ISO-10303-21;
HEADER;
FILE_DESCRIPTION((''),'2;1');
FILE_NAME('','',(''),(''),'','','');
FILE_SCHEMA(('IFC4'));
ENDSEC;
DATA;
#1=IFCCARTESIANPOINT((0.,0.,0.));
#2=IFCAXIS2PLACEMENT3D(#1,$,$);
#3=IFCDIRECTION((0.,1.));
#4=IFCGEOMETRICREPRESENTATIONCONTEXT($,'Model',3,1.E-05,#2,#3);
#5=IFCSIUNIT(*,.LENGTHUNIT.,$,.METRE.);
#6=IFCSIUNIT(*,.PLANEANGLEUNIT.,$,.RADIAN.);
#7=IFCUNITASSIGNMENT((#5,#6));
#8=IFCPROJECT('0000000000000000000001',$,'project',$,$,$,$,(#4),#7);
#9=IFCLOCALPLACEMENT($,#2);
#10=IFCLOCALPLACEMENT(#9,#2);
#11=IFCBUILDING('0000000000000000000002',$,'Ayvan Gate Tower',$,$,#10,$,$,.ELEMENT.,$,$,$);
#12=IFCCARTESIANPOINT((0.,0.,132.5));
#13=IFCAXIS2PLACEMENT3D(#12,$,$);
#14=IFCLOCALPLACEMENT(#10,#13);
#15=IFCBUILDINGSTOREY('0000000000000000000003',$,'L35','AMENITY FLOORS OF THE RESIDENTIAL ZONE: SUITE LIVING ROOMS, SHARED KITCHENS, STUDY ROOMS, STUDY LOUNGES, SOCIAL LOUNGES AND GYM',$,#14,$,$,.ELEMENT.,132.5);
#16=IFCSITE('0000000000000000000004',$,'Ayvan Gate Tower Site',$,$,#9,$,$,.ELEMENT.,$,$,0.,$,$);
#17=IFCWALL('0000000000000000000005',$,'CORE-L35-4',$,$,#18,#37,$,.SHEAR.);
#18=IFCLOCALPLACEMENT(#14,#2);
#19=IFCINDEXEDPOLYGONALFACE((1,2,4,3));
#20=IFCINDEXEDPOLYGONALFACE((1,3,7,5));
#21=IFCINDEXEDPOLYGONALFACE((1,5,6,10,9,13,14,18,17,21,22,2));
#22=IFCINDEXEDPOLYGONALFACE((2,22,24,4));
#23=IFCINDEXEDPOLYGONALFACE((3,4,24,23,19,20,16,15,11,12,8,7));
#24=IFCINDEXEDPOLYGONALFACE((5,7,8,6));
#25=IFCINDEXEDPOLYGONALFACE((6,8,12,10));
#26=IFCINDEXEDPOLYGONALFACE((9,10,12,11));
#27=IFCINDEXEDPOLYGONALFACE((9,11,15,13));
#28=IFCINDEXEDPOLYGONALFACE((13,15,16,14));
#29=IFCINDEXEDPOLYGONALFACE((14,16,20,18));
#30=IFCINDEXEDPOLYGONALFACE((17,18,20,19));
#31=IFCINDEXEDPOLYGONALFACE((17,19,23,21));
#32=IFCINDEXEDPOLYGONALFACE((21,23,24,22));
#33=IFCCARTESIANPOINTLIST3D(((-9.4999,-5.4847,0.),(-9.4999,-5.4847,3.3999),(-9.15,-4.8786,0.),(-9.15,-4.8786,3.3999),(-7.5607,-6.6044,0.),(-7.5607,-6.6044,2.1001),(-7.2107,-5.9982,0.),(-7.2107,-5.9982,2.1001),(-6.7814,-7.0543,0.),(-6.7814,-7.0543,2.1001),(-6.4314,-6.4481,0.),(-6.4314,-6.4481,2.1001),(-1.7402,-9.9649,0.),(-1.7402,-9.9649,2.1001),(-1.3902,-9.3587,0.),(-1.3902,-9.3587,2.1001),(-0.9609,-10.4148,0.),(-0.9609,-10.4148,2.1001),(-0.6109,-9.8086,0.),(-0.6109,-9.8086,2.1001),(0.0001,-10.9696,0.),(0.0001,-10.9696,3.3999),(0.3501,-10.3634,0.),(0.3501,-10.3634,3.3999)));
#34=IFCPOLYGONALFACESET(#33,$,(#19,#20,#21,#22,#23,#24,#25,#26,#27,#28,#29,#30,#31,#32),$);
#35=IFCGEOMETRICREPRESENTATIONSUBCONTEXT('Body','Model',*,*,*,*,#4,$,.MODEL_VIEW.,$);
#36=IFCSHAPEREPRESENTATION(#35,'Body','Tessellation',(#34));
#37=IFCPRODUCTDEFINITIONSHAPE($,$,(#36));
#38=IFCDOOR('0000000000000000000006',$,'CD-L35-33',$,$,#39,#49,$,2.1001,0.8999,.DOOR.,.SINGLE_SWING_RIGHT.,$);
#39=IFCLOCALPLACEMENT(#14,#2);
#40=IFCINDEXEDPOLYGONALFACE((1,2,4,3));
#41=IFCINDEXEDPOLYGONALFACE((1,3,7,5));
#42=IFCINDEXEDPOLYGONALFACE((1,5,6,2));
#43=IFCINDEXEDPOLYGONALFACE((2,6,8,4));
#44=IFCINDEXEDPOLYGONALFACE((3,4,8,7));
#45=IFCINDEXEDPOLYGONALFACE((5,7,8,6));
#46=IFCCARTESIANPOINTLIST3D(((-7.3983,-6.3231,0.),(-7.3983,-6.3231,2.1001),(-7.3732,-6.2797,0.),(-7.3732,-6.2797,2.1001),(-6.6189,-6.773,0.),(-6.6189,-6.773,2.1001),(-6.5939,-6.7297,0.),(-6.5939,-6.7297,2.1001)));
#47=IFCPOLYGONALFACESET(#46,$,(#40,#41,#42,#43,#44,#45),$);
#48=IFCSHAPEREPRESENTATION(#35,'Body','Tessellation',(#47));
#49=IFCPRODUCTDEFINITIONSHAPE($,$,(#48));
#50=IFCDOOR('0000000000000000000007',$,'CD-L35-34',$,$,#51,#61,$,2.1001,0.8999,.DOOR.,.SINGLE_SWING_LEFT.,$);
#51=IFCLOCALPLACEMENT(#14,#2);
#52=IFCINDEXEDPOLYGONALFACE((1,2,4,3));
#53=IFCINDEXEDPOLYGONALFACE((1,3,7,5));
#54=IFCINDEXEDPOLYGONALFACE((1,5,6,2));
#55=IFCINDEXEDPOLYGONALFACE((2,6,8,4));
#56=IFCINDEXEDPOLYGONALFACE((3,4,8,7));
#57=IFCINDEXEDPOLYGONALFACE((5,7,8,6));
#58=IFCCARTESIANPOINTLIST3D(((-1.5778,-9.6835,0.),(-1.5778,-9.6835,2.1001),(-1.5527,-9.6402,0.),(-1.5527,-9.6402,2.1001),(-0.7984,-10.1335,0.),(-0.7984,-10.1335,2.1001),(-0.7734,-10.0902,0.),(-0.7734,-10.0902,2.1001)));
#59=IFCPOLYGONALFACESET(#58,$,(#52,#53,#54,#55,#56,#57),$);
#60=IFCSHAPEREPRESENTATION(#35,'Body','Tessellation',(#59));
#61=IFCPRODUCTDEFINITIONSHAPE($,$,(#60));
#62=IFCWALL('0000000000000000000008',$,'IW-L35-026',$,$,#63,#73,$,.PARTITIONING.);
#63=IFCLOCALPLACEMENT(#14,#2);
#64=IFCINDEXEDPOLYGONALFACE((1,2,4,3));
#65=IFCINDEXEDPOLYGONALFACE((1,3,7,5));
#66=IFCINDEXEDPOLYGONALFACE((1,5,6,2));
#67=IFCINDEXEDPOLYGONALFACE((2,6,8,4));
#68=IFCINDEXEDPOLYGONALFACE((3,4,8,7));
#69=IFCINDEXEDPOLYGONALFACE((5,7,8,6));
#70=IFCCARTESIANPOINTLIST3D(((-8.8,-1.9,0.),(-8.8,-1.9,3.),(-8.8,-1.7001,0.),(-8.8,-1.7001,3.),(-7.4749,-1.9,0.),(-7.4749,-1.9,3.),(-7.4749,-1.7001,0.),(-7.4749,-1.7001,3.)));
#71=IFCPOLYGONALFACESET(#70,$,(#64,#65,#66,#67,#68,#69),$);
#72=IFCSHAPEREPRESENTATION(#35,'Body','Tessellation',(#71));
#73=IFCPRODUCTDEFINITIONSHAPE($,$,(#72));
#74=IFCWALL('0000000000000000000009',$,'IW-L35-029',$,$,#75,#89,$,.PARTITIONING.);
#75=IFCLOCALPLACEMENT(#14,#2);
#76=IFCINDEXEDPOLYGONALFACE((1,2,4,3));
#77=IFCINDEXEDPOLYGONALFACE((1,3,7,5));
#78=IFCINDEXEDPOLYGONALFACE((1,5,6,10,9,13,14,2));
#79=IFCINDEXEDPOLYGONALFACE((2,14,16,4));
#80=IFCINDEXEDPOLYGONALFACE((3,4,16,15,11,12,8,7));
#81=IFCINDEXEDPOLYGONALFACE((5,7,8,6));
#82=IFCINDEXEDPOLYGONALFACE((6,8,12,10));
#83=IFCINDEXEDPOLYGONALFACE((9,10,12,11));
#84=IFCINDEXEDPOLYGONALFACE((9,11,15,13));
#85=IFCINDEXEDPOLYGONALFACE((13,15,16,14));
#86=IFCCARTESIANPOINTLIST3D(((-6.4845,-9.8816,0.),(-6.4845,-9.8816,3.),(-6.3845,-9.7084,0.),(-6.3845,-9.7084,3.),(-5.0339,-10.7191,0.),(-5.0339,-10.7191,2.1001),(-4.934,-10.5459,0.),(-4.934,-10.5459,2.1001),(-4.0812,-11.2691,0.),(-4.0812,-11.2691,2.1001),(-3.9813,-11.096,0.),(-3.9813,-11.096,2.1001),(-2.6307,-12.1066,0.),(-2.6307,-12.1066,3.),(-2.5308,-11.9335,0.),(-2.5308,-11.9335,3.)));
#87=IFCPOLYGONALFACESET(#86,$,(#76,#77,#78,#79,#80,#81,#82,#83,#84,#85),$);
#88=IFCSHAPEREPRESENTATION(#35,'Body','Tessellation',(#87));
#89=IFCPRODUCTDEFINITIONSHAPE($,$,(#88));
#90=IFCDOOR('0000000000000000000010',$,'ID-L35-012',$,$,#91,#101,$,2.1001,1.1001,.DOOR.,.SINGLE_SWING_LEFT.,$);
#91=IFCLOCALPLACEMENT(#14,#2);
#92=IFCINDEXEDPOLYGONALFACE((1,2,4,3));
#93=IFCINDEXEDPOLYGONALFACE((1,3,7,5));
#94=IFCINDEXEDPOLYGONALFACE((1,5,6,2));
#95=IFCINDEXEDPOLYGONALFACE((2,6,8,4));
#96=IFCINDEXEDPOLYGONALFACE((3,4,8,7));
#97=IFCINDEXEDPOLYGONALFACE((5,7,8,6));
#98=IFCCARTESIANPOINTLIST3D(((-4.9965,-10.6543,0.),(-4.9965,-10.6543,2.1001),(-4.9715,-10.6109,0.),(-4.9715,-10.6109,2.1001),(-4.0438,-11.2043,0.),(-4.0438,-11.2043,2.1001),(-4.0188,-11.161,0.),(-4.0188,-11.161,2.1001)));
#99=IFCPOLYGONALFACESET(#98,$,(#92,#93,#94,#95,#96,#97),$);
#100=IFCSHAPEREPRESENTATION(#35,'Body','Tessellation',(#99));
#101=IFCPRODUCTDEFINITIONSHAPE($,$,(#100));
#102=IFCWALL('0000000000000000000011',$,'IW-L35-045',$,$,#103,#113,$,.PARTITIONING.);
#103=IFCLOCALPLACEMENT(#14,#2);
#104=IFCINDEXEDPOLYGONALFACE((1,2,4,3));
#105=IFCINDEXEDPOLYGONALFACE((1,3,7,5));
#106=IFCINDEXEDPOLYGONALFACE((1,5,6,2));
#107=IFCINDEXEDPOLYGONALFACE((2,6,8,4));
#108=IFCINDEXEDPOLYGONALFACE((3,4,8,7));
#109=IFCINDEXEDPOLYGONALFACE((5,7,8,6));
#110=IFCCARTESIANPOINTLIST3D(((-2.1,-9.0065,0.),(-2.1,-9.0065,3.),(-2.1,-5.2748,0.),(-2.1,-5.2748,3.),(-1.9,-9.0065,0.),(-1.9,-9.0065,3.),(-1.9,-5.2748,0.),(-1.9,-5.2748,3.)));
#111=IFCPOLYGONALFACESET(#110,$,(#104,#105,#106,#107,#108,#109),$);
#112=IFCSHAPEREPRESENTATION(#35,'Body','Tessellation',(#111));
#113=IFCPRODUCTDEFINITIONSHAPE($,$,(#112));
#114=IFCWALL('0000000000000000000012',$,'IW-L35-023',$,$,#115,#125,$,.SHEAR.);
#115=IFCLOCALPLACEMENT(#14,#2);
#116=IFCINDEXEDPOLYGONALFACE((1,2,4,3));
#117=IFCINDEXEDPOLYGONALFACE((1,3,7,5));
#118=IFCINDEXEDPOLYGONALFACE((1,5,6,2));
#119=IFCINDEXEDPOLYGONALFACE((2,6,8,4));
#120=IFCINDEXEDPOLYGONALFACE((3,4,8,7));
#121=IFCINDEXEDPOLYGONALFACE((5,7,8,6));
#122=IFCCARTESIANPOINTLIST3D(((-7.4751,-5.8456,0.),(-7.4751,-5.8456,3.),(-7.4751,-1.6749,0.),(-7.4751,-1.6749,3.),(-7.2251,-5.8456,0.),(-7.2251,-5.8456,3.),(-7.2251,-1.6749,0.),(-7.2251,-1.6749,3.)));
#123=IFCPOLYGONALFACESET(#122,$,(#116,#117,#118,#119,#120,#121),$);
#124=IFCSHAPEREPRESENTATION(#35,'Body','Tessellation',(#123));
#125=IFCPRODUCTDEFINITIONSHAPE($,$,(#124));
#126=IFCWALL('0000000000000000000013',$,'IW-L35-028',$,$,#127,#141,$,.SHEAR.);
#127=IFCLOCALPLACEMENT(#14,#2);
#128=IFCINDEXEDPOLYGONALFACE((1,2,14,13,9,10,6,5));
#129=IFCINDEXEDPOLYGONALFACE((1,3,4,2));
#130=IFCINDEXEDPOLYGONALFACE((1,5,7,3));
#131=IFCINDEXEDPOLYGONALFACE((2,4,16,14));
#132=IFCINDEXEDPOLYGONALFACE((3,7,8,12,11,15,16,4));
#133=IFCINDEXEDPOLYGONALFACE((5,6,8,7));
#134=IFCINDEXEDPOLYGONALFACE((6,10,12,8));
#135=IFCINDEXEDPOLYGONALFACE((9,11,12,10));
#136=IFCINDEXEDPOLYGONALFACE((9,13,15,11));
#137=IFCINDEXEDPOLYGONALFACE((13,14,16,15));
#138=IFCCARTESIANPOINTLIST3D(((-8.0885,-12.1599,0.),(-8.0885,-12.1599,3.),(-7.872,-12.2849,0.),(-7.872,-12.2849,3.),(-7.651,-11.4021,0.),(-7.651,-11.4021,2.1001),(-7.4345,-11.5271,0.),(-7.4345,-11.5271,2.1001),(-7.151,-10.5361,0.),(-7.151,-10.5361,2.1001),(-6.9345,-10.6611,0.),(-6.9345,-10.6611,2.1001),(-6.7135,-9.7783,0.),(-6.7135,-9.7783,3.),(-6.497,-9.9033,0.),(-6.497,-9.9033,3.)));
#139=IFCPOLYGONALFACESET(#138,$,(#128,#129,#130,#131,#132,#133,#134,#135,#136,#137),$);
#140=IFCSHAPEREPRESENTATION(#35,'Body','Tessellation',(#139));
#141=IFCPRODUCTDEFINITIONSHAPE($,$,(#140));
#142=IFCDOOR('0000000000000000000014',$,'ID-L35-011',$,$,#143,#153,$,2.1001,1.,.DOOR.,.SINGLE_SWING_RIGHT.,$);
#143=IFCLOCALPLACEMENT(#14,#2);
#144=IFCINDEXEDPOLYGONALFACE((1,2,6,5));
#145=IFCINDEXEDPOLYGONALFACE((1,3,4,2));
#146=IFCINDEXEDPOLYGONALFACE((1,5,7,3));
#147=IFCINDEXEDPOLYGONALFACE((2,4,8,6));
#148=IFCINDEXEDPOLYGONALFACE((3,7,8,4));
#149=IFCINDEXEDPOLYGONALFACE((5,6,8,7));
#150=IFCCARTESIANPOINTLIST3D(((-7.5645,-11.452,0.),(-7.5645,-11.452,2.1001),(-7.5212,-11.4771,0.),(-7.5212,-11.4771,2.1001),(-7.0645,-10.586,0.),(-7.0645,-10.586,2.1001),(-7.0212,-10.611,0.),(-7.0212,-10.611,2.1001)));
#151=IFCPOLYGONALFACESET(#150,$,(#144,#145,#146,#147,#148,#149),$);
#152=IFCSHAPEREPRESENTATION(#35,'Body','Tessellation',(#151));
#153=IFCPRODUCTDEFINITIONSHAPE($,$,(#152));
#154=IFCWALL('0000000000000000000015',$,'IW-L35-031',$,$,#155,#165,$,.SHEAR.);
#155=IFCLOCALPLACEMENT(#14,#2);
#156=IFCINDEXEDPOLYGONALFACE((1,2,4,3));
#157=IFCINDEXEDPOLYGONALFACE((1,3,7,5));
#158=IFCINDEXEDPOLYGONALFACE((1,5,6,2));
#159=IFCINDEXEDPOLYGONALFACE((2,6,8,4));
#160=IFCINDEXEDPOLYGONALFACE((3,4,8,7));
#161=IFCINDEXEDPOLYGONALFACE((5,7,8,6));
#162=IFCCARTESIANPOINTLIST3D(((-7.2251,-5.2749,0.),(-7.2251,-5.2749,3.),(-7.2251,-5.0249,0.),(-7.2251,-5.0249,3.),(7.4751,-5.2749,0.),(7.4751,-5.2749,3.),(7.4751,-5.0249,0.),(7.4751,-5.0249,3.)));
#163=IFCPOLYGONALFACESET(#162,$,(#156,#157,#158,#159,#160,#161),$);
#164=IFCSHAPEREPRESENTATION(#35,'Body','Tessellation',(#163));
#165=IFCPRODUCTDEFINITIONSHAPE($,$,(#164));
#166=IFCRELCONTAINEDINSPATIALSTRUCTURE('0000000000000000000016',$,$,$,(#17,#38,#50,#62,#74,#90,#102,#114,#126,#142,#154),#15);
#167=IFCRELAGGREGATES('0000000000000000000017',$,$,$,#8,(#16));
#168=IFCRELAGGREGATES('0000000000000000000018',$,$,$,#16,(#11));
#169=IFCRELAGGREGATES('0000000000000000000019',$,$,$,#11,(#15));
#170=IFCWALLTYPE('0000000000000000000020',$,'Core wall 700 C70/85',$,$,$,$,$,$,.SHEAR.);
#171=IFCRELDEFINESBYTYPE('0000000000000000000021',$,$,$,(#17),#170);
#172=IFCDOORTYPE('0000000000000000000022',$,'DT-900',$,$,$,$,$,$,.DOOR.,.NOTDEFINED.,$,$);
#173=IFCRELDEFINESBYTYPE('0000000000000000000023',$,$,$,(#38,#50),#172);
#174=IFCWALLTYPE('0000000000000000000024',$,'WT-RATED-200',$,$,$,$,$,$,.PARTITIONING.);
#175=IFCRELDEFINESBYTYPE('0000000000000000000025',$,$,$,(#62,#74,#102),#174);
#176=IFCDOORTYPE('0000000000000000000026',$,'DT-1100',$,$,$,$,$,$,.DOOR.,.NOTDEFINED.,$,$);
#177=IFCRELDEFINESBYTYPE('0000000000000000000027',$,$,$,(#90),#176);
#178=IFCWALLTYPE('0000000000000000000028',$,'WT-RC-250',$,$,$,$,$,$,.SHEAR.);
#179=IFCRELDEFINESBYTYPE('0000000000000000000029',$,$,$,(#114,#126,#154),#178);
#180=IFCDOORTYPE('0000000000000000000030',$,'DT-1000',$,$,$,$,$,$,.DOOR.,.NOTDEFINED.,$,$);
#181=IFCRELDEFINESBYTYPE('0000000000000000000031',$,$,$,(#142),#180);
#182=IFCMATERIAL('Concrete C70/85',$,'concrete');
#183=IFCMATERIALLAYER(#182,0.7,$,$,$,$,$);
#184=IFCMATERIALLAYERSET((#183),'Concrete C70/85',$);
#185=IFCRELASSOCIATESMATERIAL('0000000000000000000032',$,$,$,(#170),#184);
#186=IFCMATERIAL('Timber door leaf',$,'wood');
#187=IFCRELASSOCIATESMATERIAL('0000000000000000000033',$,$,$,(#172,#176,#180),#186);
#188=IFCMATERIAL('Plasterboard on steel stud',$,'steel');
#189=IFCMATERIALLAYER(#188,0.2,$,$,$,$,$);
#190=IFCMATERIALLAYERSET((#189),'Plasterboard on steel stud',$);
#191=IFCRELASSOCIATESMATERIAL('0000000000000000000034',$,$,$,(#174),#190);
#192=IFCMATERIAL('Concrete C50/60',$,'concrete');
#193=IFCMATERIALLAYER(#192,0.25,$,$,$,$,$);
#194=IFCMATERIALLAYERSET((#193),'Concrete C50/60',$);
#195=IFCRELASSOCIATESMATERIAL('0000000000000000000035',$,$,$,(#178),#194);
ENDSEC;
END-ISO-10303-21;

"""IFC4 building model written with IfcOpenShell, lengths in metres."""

from ifc_helpers import new_model, si_unit, direction, frame, frame_2d, origin, place, context, subcontext, project, spatial, rectangle, extrude, material, layer, layer_set, type_object, element, fill, save


model = new_model("IFC4")

# Units and contexts
model_context = context("Model", 3, precision=1e-05, world=origin(), true_north=direction((0.0, 1.0)))
body_context = subcontext(model_context, "Body", "Model", "MODEL_VIEW")
ifc_project = project(units=[si_unit("LENGTHUNIT", "METRE"), si_unit("PLANEANGLEUNIT", "RADIAN")], contexts=[model_context])

# Site, building, storey
site_placement = place(None, origin())
site = spatial("IfcSite", under=ifc_project, at=site_placement, Name="Ayvan Gate Tower Site", CompositionType="ELEMENT", RefElevation=0.0)
building_placement = place(site_placement, origin())
building = spatial("IfcBuilding", under=site, at=building_placement, Name="Ayvan Gate Tower", CompositionType="ELEMENT")
storey_placement = place(building_placement, frame((0.0, 0.0, 132.5)))
storey = spatial("IfcBuildingStorey", under=building, at=storey_placement, Name="L35", Description="AMENITY FLOORS OF THE RESIDENTIAL ZONE: SUITE LIVING ROOMS, SHARED KITCHENS, STUDY ROOMS, STUDY LOUNGES, SOCIAL LOUNGES AND GYM", CompositionType="ELEMENT", Elevation=132.5)

# Wall, openings, doors
ifc_material_1 = material(Name="Concrete C70/85", Category="concrete")
ifc_layer_1 = layer(ifc_material_1, 0.7)
ifc_layer_set_1 = layer_set([ifc_layer_1], Name="Concrete C70/85")
wall_type_1 = type_object("IfcWallType", Name="Core wall 700 C70/85", PredefinedType="SHEAR", material=ifc_layer_set_1)
wall_1_placement = place(storey_placement, frame((-9.325, -5.1816, 0.0), z_axis=(0.0, 0.0, 1.0), x_axis=(0.866024, -0.500002, 0.0)))
wall_1 = element("IfcWall", 1, at=wall_1_placement, inside=storey, type_object=wall_type_1, Name="CORE-L35-4", PredefinedType="SHEAR", context=body_context, shape_type="SweptSolid", body=[
    extrude(rectangle(XDim=10.9697, YDim=0.7, at=frame_2d((5.4849, 0.0))), origin(), (0.0, 0.0, 1.0), 3.3999),
])
opening_1_placement = place(wall_1_placement, frame((2.2393, 0.0, 0.0)))
opening_1 = element("IfcOpeningElement", 2, at=opening_1_placement, cuts=wall_1, PredefinedType="OPENING", context=body_context, shape_type="SweptSolid", body=[
    extrude(rectangle(XDim=0.8999, YDim=2.1001, at=frame_2d((0.45, 1.05))), frame((0.0, 0.3599, 0.0), z_axis=(0.0, -1.0, 0.0), x_axis=(1.0, 0.0, 0.0)), (0.0, 0.0, 1.0), 0.72),
])
opening_2_placement = place(wall_1_placement, frame((8.9602, 0.0, 0.0)))
opening_2 = element("IfcOpeningElement", 3, at=opening_2_placement, cuts=wall_1, PredefinedType="OPENING", context=body_context, shape_type="SweptSolid", body=[
    extrude(rectangle(XDim=0.8999, YDim=2.1001, at=frame_2d((0.45, 1.05))), frame((0.0, 0.3599, 0.0), z_axis=(0.0, -1.0, 0.0), x_axis=(1.0, 0.0, 0.0)), (0.0, 0.0, 1.0), 0.72),
])
ifc_material_2 = material(Name="Timber door leaf", Category="wood")
door_type_1 = type_object("IfcDoorType", Name="DT-900", OperationType="NOTDEFINED", PredefinedType="DOOR", material=ifc_material_2)
door_1_placement = place(opening_1_placement, origin())
door_1 = element("IfcDoor", 4, at=door_1_placement, inside=storey, type_object=door_type_1, Name="CD-L35-33", OperationType="SINGLE_SWING_RIGHT", OverallHeight=2.1001, OverallWidth=0.8999, PredefinedType="DOOR", context=body_context, shape_type="SweptSolid", body=[
    extrude(rectangle(XDim=0.8999, YDim=2.1001, at=frame_2d((0.45, 1.05))), frame((0.0, 0.0249, 0.0), z_axis=(0.0, -1.0, 0.0), x_axis=(1.0, 0.0, 0.0)), (0.0, 0.0, 1.0), 0.05),
])
fill(opening_1, door_1)
door_2_placement = place(opening_2_placement, origin())
door_2 = element("IfcDoor", 5, at=door_2_placement, inside=storey, type_object=door_type_1, Name="CD-L35-34", OperationType="SINGLE_SWING_LEFT", OverallHeight=2.1001, OverallWidth=0.8999, PredefinedType="DOOR", context=body_context, shape_type="SweptSolid", body=[
    extrude(rectangle(XDim=0.8999, YDim=2.1001, at=frame_2d((0.45, 1.05))), frame((0.0, 0.0249, 0.0), z_axis=(0.0, -1.0, 0.0), x_axis=(1.0, 0.0, 0.0)), (0.0, 0.0, 1.0), 0.05),
])
fill(opening_2, door_2)

# Wall
ifc_material_3 = material(Name="Plasterboard on steel stud", Category="steel")
ifc_layer_2 = layer(ifc_material_3, 0.2)
ifc_layer_set_2 = layer_set([ifc_layer_2], Name="Plasterboard on steel stud")
wall_type_2 = type_object("IfcWallType", Name="WT-RATED-200", PredefinedType="PARTITIONING", material=ifc_layer_set_2)
wall_2_placement = place(storey_placement, frame((-7.4749, -1.8, 0.0), z_axis=(0.0, 0.0, 1.0), x_axis=(-1.0, 0.0, 0.0)))
element("IfcWall", 6, at=wall_2_placement, inside=storey, type_object=wall_type_2, Name="IW-L35-026", PredefinedType="PARTITIONING", context=body_context, shape_type="SweptSolid", body=[
    extrude(rectangle(XDim=1.3252, YDim=0.2, at=frame_2d((0.6626, 0.0))), origin(), (0.0, 0.0, 1.0), 3.0),
])

# Wall, opening, door
wall_3_placement = place(storey_placement, frame((-6.4346, -9.7949, 0.0), z_axis=(0.0, 0.0, 1.0), x_axis=(0.866013, -0.500022, 0.0)))
wall_3 = element("IfcWall", 7, at=wall_3_placement, inside=storey, type_object=wall_type_2, Name="IW-L35-029", PredefinedType="PARTITIONING", context=body_context, shape_type="SweptSolid", body=[
    extrude(rectangle(XDim=4.45, YDim=0.2, at=frame_2d((2.2251, 0.0))), origin(), (0.0, 0.0, 1.0), 3.0),
])
opening_3_placement = place(wall_3_placement, frame((1.675, 0.0, 0.0)))
opening_3 = element("IfcOpeningElement", 8, at=opening_3_placement, cuts=wall_3, PredefinedType="OPENING", context=body_context, shape_type="SweptSolid", body=[
    extrude(rectangle(XDim=1.1001, YDim=2.1001, at=frame_2d((0.55, 1.05))), frame((0.0, 0.1099, 0.0), z_axis=(0.0, -1.0, 0.0), x_axis=(1.0, 0.0, 0.0)), (0.0, 0.0, 1.0), 0.22),
])
door_type_2 = type_object("IfcDoorType", Name="DT-1100", OperationType="NOTDEFINED", PredefinedType="DOOR", material=ifc_material_2)
door_3_placement = place(opening_3_placement, origin())
door_3 = element("IfcDoor", 9, at=door_3_placement, inside=storey, type_object=door_type_2, Name="ID-L35-012", OperationType="SINGLE_SWING_LEFT", OverallHeight=2.1001, OverallWidth=1.1001, PredefinedType="DOOR", context=body_context, shape_type="SweptSolid", body=[
    extrude(rectangle(XDim=1.1001, YDim=2.1001, at=frame_2d((0.55, 1.05))), frame((0.0, 0.0249, 0.0), z_axis=(0.0, -1.0, 0.0), x_axis=(1.0, 0.0, 0.0)), (0.0, 0.0, 1.0), 0.05),
])
fill(opening_3, door_3)

# Walls
wall_4_placement = place(storey_placement, frame((-2.0, -5.2749, 0.0), z_axis=(0.0, 0.0, 1.0), x_axis=(0.0, -1.0, 0.0)))
element("IfcWall", 10, at=wall_4_placement, inside=storey, type_object=wall_type_2, Name="IW-L35-045", PredefinedType="PARTITIONING", context=body_context, shape_type="SweptSolid", body=[
    extrude(rectangle(XDim=3.7317, YDim=0.2, at=frame_2d((1.8657, 0.0))), origin(), (0.0, 0.0, 1.0), 3.0),
])
ifc_material_4 = material(Name="Concrete C50/60", Category="concrete")
ifc_layer_3 = layer(ifc_material_4, 0.25)
ifc_layer_set_3 = layer_set([ifc_layer_3], Name="Concrete C50/60")
wall_type_3 = type_object("IfcWallType", Name="WT-RC-250", PredefinedType="SHEAR", material=ifc_layer_set_3)
wall_5_placement = place(storey_placement, frame((-7.3501, -5.8457, 0.0), z_axis=(0.0, 0.0, 1.0), x_axis=(0.0, 1.0, 0.0)))
element("IfcWall", 11, at=wall_5_placement, inside=storey, type_object=wall_type_3, Name="IW-L35-023", PredefinedType="SHEAR", context=body_context, shape_type="SweptSolid", body=[
    extrude(rectangle(XDim=4.1707, YDim=0.25, at=frame_2d((2.0854, 0.0))), origin(), (0.0, 0.0, 1.0), 3.0),
])

# Wall, opening, door
wall_6_placement = place(storey_placement, frame((-6.6052, -9.8408, 0.0), z_axis=(0.0, 0.0, 1.0), x_axis=(-0.499997, -0.866027, 0.0)))
wall_6 = element("IfcWall", 12, at=wall_6_placement, inside=storey, type_object=wall_type_3, Name="IW-L35-028", PredefinedType="SHEAR", context=body_context, shape_type="SweptSolid", body=[
    extrude(rectangle(XDim=2.75, YDim=0.25, at=frame_2d((1.375, 0.0))), origin(), (0.0, 0.0, 1.0), 3.0),
])
opening_4_placement = place(wall_6_placement, frame((0.875, 0.0, 0.0)))
opening_4 = element("IfcOpeningElement", 13, at=opening_4_placement, cuts=wall_6, PredefinedType="OPENING", context=body_context, shape_type="SweptSolid", body=[
    extrude(rectangle(XDim=1.0, YDim=2.1001, at=frame_2d((0.5, 1.05))), frame((0.0, 0.135, 0.0), z_axis=(0.0, -1.0, 0.0), x_axis=(1.0, 0.0, 0.0)), (0.0, 0.0, 1.0), 0.27),
])
door_type_3 = type_object("IfcDoorType", Name="DT-1000", OperationType="NOTDEFINED", PredefinedType="DOOR", material=ifc_material_2)
door_4_placement = place(opening_4_placement, origin())
door_4 = element("IfcDoor", 14, at=door_4_placement, inside=storey, type_object=door_type_3, Name="ID-L35-011", OperationType="SINGLE_SWING_RIGHT", OverallHeight=2.1001, OverallWidth=1.0, PredefinedType="DOOR", context=body_context, shape_type="SweptSolid", body=[
    extrude(rectangle(XDim=1.0, YDim=2.1001, at=frame_2d((0.5, 1.05))), frame((0.0, 0.0249, 0.0), z_axis=(0.0, -1.0, 0.0), x_axis=(1.0, 0.0, 0.0)), (0.0, 0.0, 1.0), 0.05),
])
fill(opening_4, door_4)

# Wall
wall_7_placement = place(storey_placement, frame((-7.2251, -5.1499, 0.0), z_axis=(0.0, 0.0, 1.0), x_axis=(1.0, 0.0, 0.0)))
element("IfcWall", 15, at=wall_7_placement, inside=storey, type_object=wall_type_3, Name="IW-L35-031", PredefinedType="SHEAR", context=body_context, shape_type="SweptSolid", body=[
    extrude(rectangle(XDim=14.7002, YDim=0.25, at=frame_2d((7.3501, 0.0))), origin(), (0.0, 0.0, 1.0), 3.0),
])

save(model, "model.ifc")
